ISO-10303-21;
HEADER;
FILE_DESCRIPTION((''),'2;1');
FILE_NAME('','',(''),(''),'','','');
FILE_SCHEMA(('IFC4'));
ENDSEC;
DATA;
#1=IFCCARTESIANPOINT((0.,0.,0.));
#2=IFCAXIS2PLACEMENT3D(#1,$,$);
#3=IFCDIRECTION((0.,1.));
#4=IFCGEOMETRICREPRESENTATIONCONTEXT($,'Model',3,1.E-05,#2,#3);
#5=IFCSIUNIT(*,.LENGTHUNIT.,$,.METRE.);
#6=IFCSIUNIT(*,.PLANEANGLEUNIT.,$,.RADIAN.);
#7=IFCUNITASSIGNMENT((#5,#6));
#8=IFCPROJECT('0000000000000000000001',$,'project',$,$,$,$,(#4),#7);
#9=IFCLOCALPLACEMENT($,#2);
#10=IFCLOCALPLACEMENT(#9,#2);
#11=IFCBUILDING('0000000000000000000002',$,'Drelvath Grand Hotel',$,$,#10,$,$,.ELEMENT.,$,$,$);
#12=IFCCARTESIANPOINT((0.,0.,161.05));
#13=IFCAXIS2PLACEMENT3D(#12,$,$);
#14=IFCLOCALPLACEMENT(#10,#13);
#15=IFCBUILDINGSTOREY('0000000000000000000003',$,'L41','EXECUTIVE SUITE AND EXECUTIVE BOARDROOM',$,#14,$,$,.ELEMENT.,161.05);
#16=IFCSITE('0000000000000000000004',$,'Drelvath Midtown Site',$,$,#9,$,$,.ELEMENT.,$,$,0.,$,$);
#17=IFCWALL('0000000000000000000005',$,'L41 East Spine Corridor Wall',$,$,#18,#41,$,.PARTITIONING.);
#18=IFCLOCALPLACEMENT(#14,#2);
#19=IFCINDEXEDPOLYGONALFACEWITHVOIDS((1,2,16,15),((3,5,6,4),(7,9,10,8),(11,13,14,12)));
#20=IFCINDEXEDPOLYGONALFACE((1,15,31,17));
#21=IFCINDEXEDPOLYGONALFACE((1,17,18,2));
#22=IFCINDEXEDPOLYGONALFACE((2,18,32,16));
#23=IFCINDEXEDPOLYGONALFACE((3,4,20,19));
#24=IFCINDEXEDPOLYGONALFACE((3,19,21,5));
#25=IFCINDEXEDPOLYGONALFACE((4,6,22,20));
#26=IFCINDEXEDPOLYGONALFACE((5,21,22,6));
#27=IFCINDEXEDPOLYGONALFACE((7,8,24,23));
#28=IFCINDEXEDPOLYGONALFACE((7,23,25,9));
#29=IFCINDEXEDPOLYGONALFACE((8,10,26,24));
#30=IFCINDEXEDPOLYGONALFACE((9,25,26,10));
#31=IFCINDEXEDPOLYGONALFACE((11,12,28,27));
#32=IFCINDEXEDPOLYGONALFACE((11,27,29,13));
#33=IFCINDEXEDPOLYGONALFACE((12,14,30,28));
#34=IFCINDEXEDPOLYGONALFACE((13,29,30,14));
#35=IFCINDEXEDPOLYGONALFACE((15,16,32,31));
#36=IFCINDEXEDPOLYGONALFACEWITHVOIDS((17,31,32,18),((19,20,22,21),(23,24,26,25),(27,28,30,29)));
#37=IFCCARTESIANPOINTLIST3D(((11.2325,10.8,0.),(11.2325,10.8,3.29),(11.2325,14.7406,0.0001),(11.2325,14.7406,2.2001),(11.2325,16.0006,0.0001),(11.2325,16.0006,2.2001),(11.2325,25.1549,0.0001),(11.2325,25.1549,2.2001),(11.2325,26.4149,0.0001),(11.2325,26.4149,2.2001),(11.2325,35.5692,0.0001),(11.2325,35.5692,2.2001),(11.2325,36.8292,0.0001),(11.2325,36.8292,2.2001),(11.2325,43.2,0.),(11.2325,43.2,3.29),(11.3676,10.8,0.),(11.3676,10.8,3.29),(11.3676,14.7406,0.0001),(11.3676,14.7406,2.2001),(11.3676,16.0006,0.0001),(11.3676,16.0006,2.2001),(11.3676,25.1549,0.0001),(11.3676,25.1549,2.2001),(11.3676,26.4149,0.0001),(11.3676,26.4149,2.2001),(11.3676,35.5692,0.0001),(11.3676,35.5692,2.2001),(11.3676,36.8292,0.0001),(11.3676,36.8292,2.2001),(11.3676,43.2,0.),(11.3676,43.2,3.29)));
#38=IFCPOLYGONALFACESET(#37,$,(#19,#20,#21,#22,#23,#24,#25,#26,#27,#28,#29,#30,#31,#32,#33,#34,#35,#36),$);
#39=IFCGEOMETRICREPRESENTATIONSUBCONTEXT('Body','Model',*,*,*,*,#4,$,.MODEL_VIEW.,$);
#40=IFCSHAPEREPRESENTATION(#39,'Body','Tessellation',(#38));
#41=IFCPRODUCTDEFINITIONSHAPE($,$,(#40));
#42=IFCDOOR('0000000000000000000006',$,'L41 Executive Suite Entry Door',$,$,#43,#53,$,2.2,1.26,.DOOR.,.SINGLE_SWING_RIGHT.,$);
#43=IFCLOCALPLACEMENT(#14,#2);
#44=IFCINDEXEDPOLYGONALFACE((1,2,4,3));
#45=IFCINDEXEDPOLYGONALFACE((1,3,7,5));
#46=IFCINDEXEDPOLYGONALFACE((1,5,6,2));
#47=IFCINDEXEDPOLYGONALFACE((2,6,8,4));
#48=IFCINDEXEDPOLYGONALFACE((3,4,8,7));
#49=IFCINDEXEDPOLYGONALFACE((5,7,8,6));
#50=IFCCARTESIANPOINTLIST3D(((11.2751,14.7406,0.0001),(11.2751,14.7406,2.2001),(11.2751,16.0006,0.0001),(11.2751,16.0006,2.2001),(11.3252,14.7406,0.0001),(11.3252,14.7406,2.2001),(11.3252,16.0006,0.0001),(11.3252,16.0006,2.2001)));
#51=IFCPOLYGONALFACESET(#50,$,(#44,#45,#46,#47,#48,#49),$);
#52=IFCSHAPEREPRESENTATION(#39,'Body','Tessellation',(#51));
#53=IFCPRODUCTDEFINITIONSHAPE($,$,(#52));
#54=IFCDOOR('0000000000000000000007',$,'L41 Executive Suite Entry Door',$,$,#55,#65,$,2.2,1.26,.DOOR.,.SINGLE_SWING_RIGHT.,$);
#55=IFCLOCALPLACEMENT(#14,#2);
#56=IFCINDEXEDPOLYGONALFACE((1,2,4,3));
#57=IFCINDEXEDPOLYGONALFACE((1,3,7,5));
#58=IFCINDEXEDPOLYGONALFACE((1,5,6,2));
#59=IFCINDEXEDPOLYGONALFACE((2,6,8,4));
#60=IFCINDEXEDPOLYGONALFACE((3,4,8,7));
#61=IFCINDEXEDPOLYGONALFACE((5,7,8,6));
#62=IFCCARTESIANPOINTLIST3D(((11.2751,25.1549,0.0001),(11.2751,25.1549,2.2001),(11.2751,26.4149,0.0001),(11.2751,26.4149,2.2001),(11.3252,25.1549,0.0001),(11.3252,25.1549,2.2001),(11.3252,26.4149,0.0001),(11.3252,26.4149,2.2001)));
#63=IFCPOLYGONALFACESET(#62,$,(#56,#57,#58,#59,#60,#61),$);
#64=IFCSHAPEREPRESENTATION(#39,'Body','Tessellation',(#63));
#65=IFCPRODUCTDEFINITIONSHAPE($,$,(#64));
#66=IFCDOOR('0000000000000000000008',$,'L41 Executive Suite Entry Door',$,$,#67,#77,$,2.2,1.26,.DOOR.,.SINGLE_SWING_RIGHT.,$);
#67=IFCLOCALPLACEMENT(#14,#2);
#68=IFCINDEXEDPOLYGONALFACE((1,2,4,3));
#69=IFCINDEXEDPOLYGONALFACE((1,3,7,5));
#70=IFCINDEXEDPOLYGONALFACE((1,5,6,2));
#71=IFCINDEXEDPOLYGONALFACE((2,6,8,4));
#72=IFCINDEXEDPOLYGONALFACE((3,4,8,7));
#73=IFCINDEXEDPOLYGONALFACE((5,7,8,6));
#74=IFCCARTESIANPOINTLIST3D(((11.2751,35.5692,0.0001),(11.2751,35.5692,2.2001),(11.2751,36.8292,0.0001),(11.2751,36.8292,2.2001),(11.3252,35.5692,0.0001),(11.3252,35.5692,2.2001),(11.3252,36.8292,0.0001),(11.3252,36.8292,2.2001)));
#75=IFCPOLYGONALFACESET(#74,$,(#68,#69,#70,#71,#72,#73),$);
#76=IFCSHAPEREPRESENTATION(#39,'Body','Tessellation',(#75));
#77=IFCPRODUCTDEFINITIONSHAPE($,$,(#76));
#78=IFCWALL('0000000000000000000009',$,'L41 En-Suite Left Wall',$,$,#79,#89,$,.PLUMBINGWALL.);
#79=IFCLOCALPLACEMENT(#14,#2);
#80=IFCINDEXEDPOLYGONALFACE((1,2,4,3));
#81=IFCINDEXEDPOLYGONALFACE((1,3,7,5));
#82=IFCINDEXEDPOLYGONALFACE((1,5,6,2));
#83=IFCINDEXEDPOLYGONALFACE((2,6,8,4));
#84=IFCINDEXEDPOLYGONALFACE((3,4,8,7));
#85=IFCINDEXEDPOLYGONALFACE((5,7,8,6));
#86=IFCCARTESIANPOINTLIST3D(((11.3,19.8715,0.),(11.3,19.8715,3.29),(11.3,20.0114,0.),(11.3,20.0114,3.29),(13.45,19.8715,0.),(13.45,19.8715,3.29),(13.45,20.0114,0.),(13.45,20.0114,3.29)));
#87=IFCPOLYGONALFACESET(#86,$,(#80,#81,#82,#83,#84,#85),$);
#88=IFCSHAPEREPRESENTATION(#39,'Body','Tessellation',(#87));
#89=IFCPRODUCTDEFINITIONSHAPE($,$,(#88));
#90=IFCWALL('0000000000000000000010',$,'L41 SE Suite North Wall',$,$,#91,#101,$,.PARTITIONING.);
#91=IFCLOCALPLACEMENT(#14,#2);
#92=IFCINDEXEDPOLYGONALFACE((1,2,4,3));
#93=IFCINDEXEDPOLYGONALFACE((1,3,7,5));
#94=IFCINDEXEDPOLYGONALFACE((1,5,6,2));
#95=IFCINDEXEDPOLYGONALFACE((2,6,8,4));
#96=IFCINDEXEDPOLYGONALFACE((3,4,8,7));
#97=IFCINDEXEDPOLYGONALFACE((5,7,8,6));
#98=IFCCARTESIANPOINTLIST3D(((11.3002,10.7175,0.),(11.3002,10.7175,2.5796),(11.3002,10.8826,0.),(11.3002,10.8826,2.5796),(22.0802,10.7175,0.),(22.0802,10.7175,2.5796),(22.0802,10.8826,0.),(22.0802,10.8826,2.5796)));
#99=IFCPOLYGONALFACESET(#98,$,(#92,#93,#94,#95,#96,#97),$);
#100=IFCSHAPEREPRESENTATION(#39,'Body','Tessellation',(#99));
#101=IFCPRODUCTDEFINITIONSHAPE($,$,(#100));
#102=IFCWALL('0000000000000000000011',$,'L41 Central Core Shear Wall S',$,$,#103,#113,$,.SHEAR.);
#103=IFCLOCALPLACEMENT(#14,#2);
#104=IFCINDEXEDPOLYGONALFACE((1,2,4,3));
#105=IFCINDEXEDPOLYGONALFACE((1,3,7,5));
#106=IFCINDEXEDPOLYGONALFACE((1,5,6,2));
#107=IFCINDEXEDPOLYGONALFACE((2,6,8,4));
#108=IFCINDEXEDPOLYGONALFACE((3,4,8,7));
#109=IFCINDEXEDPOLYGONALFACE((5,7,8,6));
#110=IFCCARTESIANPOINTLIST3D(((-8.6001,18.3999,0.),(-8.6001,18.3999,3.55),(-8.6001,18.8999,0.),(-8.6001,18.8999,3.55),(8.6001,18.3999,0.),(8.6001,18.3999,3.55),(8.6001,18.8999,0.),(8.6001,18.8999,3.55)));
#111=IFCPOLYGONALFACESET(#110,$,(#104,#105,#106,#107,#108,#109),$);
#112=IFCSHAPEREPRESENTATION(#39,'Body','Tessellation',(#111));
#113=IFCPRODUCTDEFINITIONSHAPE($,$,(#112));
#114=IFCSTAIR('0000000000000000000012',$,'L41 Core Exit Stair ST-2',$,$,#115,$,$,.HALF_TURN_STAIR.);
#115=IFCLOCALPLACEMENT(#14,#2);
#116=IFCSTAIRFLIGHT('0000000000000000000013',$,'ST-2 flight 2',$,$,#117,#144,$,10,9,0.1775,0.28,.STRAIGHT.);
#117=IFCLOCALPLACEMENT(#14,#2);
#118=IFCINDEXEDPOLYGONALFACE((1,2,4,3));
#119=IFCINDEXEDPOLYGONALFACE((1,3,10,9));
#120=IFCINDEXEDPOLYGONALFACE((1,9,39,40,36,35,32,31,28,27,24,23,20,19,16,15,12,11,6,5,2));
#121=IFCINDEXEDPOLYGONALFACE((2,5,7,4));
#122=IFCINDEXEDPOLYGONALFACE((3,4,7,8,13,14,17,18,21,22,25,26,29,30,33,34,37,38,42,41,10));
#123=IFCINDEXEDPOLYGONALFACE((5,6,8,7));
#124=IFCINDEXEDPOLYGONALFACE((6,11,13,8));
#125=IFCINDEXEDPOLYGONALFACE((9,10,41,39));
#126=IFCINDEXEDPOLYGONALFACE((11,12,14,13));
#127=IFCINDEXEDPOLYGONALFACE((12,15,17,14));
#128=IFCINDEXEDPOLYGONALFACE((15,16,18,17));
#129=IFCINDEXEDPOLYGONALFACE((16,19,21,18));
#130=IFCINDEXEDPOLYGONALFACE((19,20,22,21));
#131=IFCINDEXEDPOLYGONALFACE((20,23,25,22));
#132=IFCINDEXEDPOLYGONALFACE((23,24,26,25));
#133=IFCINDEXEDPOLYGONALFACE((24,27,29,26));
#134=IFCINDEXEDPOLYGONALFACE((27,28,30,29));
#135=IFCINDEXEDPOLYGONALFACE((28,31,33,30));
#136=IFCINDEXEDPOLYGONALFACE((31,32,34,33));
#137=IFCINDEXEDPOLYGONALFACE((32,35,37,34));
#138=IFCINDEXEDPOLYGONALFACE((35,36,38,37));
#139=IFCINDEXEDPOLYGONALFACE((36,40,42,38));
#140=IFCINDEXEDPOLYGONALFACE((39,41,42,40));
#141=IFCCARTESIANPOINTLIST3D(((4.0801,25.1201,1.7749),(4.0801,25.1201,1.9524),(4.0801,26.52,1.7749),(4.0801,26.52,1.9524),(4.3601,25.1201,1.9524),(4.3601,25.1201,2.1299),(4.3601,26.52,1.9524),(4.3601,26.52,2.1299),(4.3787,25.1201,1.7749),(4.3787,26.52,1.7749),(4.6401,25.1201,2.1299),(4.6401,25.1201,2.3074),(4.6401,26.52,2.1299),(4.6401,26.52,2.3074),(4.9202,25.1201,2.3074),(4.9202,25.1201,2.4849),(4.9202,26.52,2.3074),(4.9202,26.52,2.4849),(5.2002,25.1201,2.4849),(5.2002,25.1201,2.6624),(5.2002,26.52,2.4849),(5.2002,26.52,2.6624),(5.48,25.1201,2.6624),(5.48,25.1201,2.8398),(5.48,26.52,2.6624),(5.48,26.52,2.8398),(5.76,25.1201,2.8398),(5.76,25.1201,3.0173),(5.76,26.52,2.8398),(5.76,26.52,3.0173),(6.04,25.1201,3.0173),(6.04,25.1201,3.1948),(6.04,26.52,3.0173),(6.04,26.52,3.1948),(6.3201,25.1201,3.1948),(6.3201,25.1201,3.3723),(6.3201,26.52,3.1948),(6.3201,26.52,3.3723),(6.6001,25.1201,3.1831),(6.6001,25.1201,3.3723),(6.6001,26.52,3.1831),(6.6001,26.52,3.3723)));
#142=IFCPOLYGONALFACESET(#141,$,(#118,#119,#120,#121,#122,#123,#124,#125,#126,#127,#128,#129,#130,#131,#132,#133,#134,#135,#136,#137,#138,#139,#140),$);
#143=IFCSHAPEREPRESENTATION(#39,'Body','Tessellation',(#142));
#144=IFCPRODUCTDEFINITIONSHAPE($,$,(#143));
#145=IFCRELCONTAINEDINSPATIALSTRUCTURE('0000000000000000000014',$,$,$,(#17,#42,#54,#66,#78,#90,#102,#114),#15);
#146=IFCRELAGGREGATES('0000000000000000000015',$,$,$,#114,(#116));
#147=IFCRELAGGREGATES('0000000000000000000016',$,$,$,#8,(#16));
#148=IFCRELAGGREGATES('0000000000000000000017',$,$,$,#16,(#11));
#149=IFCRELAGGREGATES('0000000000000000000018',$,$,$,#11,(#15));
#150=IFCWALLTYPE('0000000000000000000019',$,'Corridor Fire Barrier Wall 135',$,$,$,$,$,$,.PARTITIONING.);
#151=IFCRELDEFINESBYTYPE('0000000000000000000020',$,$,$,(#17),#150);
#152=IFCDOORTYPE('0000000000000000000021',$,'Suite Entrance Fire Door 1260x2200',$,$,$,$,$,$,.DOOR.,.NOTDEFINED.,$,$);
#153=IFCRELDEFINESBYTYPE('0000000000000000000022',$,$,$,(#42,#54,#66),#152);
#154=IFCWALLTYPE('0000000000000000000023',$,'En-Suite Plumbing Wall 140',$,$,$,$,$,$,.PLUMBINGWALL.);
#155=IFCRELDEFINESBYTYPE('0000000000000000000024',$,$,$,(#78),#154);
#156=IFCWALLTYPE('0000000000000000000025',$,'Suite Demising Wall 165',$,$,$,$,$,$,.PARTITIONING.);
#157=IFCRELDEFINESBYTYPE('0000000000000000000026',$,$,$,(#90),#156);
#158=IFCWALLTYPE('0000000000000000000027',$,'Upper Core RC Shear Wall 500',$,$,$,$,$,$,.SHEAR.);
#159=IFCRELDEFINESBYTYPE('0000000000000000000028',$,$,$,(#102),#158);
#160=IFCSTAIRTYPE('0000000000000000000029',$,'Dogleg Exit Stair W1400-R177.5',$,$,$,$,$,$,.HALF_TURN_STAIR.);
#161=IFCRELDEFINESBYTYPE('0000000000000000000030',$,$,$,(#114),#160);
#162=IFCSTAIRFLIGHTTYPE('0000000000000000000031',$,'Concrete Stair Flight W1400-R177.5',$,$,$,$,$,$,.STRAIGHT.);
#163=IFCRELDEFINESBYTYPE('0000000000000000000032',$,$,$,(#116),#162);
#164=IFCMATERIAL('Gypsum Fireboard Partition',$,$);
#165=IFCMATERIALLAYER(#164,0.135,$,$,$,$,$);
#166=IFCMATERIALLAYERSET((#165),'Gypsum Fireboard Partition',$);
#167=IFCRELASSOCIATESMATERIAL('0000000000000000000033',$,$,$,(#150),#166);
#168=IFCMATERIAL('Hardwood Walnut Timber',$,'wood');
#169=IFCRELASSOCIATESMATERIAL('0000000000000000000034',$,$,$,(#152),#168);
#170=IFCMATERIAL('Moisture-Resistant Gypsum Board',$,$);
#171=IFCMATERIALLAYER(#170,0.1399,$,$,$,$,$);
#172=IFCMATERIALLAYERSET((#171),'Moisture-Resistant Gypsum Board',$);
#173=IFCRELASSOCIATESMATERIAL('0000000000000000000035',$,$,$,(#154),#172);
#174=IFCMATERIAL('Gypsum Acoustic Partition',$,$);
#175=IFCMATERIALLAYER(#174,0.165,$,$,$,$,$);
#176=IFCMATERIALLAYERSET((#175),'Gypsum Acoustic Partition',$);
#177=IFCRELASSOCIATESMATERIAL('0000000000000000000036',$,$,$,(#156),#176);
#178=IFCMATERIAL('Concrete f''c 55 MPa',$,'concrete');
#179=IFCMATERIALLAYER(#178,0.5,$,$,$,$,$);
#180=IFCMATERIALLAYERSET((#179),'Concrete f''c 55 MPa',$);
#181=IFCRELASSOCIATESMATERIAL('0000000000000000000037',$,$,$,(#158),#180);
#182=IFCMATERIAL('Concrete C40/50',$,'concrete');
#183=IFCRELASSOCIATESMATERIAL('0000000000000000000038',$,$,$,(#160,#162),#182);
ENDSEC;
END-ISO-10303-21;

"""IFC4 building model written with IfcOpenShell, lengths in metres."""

from ifc_helpers import new_model, si_unit, direction, frame, frame_2d, origin, place, context, subcontext, project, spatial, polyline, rectangle, outline, extrude, material, layer, layer_set, type_object, element, fill, aggregate, save


model = new_model("IFC4")

# Units and contexts
model_context = context("Model", 3, precision=1e-05, world=origin(), true_north=direction((0.0, 1.0)))
body_context = subcontext(model_context, "Body", "Model", "MODEL_VIEW")
ifc_project = project(units=[si_unit("LENGTHUNIT", "METRE"), si_unit("PLANEANGLEUNIT", "RADIAN")], contexts=[model_context])

# Site, building, storey
site_placement = place(None, origin())
site = spatial("IfcSite", under=ifc_project, at=site_placement, Name="Drelvath Midtown Site", CompositionType="ELEMENT", RefElevation=0.0)
building_placement = place(site_placement, origin())
building = spatial("IfcBuilding", under=site, at=building_placement, Name="Drelvath Grand Hotel", CompositionType="ELEMENT")
storey_placement = place(building_placement, frame((0.0, 0.0, 161.05)))
storey = spatial("IfcBuildingStorey", under=building, at=storey_placement, Name="L41", Description="EXECUTIVE SUITE AND EXECUTIVE BOARDROOM", CompositionType="ELEMENT", Elevation=161.05)

# Shared definitions
ifc_material_1 = material(Name="Concrete f'c 55 MPa", Category="concrete")

# Shared definitions
ifc_material_2 = material(Name="Concrete C40/50", Category="concrete")

# Shared definitions
ifc_material_3 = material(Name="Gypsum Fireboard Partition")
ifc_layer_1 = layer(ifc_material_3, 0.135)
ifc_layer_set_1 = layer_set([ifc_layer_1], Name="Gypsum Fireboard Partition")
wall_type_1 = type_object("IfcWallType", Name="Corridor Fire Barrier Wall 135", PredefinedType="PARTITIONING", material=ifc_layer_set_1)

# Wall, openings, doors
wall_1_placement = place(storey_placement, frame((11.3, 10.8, 0.0), z_axis=(0.0, 0.0, 1.0), x_axis=(0.0, 1.0, 0.0)))
wall_1 = element("IfcWall", 1, at=wall_1_placement, inside=storey, type_object=wall_type_1, Name="L41 East Spine Corridor Wall", PredefinedType="PARTITIONING", context=body_context, shape_type="SweptSolid", body=[
    extrude(rectangle(XDim=32.3999, YDim=0.135, at=frame_2d((16.2, 0.0))), origin(), (0.0, 0.0, 1.0), 3.29),
])
opening_1_placement = place(wall_1_placement, frame((3.9407, 0.0, 0.0)))
opening_1 = element("IfcOpeningElement", 2, at=opening_1_placement, cuts=wall_1, PredefinedType="OPENING", context=body_context, shape_type="SweptSolid", body=[
    extrude(rectangle(XDim=1.26, YDim=2.2, at=frame_2d((0.6299, 1.1001))), frame((0.0, 0.0774, 0.0), z_axis=(0.0, -1.0, 0.0), x_axis=(1.0, 0.0, 0.0)), (0.0, 0.0, 1.0), 0.155),
])
opening_2_placement = place(wall_1_placement, frame((14.355, 0.0, 0.0)))
opening_2 = element("IfcOpeningElement", 3, at=opening_2_placement, cuts=wall_1, PredefinedType="OPENING", context=body_context, shape_type="SweptSolid", body=[
    extrude(rectangle(XDim=1.26, YDim=2.2, at=frame_2d((0.6299, 1.1001))), frame((0.0, 0.0774, 0.0), z_axis=(0.0, -1.0, 0.0), x_axis=(1.0, 0.0, 0.0)), (0.0, 0.0, 1.0), 0.155),
])
opening_3_placement = place(wall_1_placement, frame((24.7693, 0.0, 0.0)))
opening_3 = element("IfcOpeningElement", 4, at=opening_3_placement, cuts=wall_1, PredefinedType="OPENING", context=body_context, shape_type="SweptSolid", body=[
    extrude(rectangle(XDim=1.26, YDim=2.2, at=frame_2d((0.6299, 1.1001))), frame((0.0, 0.0774, 0.0), z_axis=(0.0, -1.0, 0.0), x_axis=(1.0, 0.0, 0.0)), (0.0, 0.0, 1.0), 0.155),
])
ifc_material_4 = material(Name="Hardwood Walnut Timber", Category="wood")
door_type_1 = type_object("IfcDoorType", Name="Suite Entrance Fire Door 1260x2200", OperationType="NOTDEFINED", PredefinedType="DOOR", material=ifc_material_4)
door_1_placement = place(opening_1_placement, origin())
door_1 = element("IfcDoor", 5, at=door_1_placement, inside=storey, type_object=door_type_1, Name="L41 Executive Suite Entry Door", OperationType="SINGLE_SWING_RIGHT", OverallHeight=2.2, OverallWidth=1.26, PredefinedType="DOOR", context=body_context, shape_type="SweptSolid", body=[
    extrude(rectangle(XDim=1.26, YDim=2.2, at=frame_2d((0.6299, 1.1001))), frame((0.0, 0.0249, 0.0), z_axis=(0.0, -1.0, 0.0), x_axis=(1.0, 0.0, 0.0)), (0.0, 0.0, 1.0), 0.05),
])
fill(opening_1, door_1)
door_2_placement = place(opening_2_placement, origin())
door_2 = element("IfcDoor", 6, at=door_2_placement, inside=storey, type_object=door_type_1, Name="L41 Executive Suite Entry Door", OperationType="SINGLE_SWING_RIGHT", OverallHeight=2.2, OverallWidth=1.26, PredefinedType="DOOR", context=body_context, shape_type="SweptSolid", body=[
    extrude(rectangle(XDim=1.26, YDim=2.2, at=frame_2d((0.6299, 1.1001))), frame((0.0, 0.0249, 0.0), z_axis=(0.0, -1.0, 0.0), x_axis=(1.0, 0.0, 0.0)), (0.0, 0.0, 1.0), 0.05),
])
fill(opening_2, door_2)
door_3_placement = place(opening_3_placement, origin())
door_3 = element("IfcDoor", 7, at=door_3_placement, inside=storey, type_object=door_type_1, Name="L41 Executive Suite Entry Door", OperationType="SINGLE_SWING_RIGHT", OverallHeight=2.2, OverallWidth=1.26, PredefinedType="DOOR", context=body_context, shape_type="SweptSolid", body=[
    extrude(rectangle(XDim=1.26, YDim=2.2, at=frame_2d((0.6299, 1.1001))), frame((0.0, 0.0249, 0.0), z_axis=(0.0, -1.0, 0.0), x_axis=(1.0, 0.0, 0.0)), (0.0, 0.0, 1.0), 0.05),
])
fill(opening_3, door_3)

# Walls
ifc_material_5 = material(Name="Moisture-Resistant Gypsum Board")
ifc_layer_2 = layer(ifc_material_5, 0.1399)
ifc_layer_set_2 = layer_set([ifc_layer_2], Name="Moisture-Resistant Gypsum Board")
wall_type_2 = type_object("IfcWallType", Name="En-Suite Plumbing Wall 140", PredefinedType="PLUMBINGWALL", material=ifc_layer_set_2)
wall_2_placement = place(storey_placement, frame((11.3, 19.9414, 0.0), z_axis=(0.0, 0.0, 1.0), x_axis=(1.0, 0.0, 0.0)))
element("IfcWall", 8, at=wall_2_placement, inside=storey, type_object=wall_type_2, Name="L41 En-Suite Left Wall", PredefinedType="PLUMBINGWALL", context=body_context, shape_type="SweptSolid", body=[
    extrude(rectangle(XDim=2.1499, YDim=0.1399, at=frame_2d((1.075, 0.0))), origin(), (0.0, 0.0, 1.0), 3.29),
])
ifc_material_6 = material(Name="Gypsum Acoustic Partition")
ifc_layer_3 = layer(ifc_material_6, 0.165)
ifc_layer_set_3 = layer_set([ifc_layer_3], Name="Gypsum Acoustic Partition")
wall_type_3 = type_object("IfcWallType", Name="Suite Demising Wall 165", PredefinedType="PARTITIONING", material=ifc_layer_set_3)
wall_3_placement = place(storey_placement, frame((11.3, 10.8, 0.0), z_axis=(0.0, 0.0, 1.0), x_axis=(1.0, 0.0, 0.0)))
element("IfcWall", 9, at=wall_3_placement, inside=storey, type_object=wall_type_3, Name="L41 SE Suite North Wall", PredefinedType="PARTITIONING", context=body_context, shape_type="SweptSolid", body=[
    extrude(rectangle(XDim=10.78, YDim=0.165, at=frame_2d((5.3901, 0.0))), origin(), (0.0, 0.0, 1.0), 2.5796),
])
ifc_layer_4 = layer(ifc_material_1, 0.5)
ifc_layer_set_4 = layer_set([ifc_layer_4], Name="Concrete f'c 55 MPa")
wall_type_4 = type_object("IfcWallType", Name="Upper Core RC Shear Wall 500", PredefinedType="SHEAR", material=ifc_layer_set_4)
wall_4_placement = place(storey_placement, frame((8.6001, 18.6499, 0.0), z_axis=(0.0, 0.0, 1.0), x_axis=(-1.0, 0.0, 0.0)))
element("IfcWall", 10, at=wall_4_placement, inside=storey, type_object=wall_type_4, Name="L41 Central Core Shear Wall S", PredefinedType="SHEAR", context=body_context, shape_type="SweptSolid", body=[
    extrude(rectangle(XDim=17.2002, YDim=0.5, at=frame_2d((8.6001, 0.0))), origin(), (0.0, 0.0, 1.0), 3.55),
])

# Stair, stair flight
stair_type = type_object("IfcStairType", Name="Dogleg Exit Stair W1400-R177.5", PredefinedType="HALF_TURN_STAIR", material=ifc_material_2)
stair_placement = place(storey_placement, origin())
stair = element("IfcStair", 11, at=stair_placement, inside=storey, type_object=stair_type, Name="L41 Core Exit Stair ST-2", PredefinedType="HALF_TURN_STAIR")
stair_flight_type = type_object("IfcStairFlightType", Name="Concrete Stair Flight W1400-R177.5", PredefinedType="STRAIGHT", material=ifc_material_2)
stair_flight_placement = place(storey_placement, frame((4.0801, 25.8201, 1.7749), z_axis=(0.0, 0.0, 1.0), x_axis=(1.0, 0.0, 0.0)))
stair_flight = element("IfcStairFlight", 12, at=stair_flight_placement, type_object=stair_flight_type, Name="ST-2 flight 2", NumberOfRisers=10, NumberOfTreads=9, PredefinedType="STRAIGHT", RiserHeight=0.1775, TreadLength=0.28, context=body_context, shape_type="SweptSolid", body=[
    extrude(outline(polyline([(0.0, 0.0), (0.0, 0.1775), (0.28, 0.1775), (0.28, 0.355), (0.5601, 0.355), (0.5601, 0.5325), (0.8401, 0.5325), (0.8401, 0.71), (1.1201, 0.71), (1.1201, 0.8875), (1.3999, 0.8875), (1.3999, 1.0649), (1.6799, 1.0649), (1.6799, 1.2424), (1.96, 1.2424), (1.96, 1.4199), (2.24, 1.4199), (2.24, 1.5974), (2.52, 1.5974), (2.52, 1.7749), (2.52, 1.4082), (0.2986, 0.0), (0.0, 0.0)])), frame((0.0, 0.7, 0.0), z_axis=(0.0, -1.0, 0.0), x_axis=(1.0, 0.0, 0.0)), (0.0, 0.0, 1.0), 1.3999),
])
aggregate(stair, [stair_flight])

save(model, "model.ifc")
